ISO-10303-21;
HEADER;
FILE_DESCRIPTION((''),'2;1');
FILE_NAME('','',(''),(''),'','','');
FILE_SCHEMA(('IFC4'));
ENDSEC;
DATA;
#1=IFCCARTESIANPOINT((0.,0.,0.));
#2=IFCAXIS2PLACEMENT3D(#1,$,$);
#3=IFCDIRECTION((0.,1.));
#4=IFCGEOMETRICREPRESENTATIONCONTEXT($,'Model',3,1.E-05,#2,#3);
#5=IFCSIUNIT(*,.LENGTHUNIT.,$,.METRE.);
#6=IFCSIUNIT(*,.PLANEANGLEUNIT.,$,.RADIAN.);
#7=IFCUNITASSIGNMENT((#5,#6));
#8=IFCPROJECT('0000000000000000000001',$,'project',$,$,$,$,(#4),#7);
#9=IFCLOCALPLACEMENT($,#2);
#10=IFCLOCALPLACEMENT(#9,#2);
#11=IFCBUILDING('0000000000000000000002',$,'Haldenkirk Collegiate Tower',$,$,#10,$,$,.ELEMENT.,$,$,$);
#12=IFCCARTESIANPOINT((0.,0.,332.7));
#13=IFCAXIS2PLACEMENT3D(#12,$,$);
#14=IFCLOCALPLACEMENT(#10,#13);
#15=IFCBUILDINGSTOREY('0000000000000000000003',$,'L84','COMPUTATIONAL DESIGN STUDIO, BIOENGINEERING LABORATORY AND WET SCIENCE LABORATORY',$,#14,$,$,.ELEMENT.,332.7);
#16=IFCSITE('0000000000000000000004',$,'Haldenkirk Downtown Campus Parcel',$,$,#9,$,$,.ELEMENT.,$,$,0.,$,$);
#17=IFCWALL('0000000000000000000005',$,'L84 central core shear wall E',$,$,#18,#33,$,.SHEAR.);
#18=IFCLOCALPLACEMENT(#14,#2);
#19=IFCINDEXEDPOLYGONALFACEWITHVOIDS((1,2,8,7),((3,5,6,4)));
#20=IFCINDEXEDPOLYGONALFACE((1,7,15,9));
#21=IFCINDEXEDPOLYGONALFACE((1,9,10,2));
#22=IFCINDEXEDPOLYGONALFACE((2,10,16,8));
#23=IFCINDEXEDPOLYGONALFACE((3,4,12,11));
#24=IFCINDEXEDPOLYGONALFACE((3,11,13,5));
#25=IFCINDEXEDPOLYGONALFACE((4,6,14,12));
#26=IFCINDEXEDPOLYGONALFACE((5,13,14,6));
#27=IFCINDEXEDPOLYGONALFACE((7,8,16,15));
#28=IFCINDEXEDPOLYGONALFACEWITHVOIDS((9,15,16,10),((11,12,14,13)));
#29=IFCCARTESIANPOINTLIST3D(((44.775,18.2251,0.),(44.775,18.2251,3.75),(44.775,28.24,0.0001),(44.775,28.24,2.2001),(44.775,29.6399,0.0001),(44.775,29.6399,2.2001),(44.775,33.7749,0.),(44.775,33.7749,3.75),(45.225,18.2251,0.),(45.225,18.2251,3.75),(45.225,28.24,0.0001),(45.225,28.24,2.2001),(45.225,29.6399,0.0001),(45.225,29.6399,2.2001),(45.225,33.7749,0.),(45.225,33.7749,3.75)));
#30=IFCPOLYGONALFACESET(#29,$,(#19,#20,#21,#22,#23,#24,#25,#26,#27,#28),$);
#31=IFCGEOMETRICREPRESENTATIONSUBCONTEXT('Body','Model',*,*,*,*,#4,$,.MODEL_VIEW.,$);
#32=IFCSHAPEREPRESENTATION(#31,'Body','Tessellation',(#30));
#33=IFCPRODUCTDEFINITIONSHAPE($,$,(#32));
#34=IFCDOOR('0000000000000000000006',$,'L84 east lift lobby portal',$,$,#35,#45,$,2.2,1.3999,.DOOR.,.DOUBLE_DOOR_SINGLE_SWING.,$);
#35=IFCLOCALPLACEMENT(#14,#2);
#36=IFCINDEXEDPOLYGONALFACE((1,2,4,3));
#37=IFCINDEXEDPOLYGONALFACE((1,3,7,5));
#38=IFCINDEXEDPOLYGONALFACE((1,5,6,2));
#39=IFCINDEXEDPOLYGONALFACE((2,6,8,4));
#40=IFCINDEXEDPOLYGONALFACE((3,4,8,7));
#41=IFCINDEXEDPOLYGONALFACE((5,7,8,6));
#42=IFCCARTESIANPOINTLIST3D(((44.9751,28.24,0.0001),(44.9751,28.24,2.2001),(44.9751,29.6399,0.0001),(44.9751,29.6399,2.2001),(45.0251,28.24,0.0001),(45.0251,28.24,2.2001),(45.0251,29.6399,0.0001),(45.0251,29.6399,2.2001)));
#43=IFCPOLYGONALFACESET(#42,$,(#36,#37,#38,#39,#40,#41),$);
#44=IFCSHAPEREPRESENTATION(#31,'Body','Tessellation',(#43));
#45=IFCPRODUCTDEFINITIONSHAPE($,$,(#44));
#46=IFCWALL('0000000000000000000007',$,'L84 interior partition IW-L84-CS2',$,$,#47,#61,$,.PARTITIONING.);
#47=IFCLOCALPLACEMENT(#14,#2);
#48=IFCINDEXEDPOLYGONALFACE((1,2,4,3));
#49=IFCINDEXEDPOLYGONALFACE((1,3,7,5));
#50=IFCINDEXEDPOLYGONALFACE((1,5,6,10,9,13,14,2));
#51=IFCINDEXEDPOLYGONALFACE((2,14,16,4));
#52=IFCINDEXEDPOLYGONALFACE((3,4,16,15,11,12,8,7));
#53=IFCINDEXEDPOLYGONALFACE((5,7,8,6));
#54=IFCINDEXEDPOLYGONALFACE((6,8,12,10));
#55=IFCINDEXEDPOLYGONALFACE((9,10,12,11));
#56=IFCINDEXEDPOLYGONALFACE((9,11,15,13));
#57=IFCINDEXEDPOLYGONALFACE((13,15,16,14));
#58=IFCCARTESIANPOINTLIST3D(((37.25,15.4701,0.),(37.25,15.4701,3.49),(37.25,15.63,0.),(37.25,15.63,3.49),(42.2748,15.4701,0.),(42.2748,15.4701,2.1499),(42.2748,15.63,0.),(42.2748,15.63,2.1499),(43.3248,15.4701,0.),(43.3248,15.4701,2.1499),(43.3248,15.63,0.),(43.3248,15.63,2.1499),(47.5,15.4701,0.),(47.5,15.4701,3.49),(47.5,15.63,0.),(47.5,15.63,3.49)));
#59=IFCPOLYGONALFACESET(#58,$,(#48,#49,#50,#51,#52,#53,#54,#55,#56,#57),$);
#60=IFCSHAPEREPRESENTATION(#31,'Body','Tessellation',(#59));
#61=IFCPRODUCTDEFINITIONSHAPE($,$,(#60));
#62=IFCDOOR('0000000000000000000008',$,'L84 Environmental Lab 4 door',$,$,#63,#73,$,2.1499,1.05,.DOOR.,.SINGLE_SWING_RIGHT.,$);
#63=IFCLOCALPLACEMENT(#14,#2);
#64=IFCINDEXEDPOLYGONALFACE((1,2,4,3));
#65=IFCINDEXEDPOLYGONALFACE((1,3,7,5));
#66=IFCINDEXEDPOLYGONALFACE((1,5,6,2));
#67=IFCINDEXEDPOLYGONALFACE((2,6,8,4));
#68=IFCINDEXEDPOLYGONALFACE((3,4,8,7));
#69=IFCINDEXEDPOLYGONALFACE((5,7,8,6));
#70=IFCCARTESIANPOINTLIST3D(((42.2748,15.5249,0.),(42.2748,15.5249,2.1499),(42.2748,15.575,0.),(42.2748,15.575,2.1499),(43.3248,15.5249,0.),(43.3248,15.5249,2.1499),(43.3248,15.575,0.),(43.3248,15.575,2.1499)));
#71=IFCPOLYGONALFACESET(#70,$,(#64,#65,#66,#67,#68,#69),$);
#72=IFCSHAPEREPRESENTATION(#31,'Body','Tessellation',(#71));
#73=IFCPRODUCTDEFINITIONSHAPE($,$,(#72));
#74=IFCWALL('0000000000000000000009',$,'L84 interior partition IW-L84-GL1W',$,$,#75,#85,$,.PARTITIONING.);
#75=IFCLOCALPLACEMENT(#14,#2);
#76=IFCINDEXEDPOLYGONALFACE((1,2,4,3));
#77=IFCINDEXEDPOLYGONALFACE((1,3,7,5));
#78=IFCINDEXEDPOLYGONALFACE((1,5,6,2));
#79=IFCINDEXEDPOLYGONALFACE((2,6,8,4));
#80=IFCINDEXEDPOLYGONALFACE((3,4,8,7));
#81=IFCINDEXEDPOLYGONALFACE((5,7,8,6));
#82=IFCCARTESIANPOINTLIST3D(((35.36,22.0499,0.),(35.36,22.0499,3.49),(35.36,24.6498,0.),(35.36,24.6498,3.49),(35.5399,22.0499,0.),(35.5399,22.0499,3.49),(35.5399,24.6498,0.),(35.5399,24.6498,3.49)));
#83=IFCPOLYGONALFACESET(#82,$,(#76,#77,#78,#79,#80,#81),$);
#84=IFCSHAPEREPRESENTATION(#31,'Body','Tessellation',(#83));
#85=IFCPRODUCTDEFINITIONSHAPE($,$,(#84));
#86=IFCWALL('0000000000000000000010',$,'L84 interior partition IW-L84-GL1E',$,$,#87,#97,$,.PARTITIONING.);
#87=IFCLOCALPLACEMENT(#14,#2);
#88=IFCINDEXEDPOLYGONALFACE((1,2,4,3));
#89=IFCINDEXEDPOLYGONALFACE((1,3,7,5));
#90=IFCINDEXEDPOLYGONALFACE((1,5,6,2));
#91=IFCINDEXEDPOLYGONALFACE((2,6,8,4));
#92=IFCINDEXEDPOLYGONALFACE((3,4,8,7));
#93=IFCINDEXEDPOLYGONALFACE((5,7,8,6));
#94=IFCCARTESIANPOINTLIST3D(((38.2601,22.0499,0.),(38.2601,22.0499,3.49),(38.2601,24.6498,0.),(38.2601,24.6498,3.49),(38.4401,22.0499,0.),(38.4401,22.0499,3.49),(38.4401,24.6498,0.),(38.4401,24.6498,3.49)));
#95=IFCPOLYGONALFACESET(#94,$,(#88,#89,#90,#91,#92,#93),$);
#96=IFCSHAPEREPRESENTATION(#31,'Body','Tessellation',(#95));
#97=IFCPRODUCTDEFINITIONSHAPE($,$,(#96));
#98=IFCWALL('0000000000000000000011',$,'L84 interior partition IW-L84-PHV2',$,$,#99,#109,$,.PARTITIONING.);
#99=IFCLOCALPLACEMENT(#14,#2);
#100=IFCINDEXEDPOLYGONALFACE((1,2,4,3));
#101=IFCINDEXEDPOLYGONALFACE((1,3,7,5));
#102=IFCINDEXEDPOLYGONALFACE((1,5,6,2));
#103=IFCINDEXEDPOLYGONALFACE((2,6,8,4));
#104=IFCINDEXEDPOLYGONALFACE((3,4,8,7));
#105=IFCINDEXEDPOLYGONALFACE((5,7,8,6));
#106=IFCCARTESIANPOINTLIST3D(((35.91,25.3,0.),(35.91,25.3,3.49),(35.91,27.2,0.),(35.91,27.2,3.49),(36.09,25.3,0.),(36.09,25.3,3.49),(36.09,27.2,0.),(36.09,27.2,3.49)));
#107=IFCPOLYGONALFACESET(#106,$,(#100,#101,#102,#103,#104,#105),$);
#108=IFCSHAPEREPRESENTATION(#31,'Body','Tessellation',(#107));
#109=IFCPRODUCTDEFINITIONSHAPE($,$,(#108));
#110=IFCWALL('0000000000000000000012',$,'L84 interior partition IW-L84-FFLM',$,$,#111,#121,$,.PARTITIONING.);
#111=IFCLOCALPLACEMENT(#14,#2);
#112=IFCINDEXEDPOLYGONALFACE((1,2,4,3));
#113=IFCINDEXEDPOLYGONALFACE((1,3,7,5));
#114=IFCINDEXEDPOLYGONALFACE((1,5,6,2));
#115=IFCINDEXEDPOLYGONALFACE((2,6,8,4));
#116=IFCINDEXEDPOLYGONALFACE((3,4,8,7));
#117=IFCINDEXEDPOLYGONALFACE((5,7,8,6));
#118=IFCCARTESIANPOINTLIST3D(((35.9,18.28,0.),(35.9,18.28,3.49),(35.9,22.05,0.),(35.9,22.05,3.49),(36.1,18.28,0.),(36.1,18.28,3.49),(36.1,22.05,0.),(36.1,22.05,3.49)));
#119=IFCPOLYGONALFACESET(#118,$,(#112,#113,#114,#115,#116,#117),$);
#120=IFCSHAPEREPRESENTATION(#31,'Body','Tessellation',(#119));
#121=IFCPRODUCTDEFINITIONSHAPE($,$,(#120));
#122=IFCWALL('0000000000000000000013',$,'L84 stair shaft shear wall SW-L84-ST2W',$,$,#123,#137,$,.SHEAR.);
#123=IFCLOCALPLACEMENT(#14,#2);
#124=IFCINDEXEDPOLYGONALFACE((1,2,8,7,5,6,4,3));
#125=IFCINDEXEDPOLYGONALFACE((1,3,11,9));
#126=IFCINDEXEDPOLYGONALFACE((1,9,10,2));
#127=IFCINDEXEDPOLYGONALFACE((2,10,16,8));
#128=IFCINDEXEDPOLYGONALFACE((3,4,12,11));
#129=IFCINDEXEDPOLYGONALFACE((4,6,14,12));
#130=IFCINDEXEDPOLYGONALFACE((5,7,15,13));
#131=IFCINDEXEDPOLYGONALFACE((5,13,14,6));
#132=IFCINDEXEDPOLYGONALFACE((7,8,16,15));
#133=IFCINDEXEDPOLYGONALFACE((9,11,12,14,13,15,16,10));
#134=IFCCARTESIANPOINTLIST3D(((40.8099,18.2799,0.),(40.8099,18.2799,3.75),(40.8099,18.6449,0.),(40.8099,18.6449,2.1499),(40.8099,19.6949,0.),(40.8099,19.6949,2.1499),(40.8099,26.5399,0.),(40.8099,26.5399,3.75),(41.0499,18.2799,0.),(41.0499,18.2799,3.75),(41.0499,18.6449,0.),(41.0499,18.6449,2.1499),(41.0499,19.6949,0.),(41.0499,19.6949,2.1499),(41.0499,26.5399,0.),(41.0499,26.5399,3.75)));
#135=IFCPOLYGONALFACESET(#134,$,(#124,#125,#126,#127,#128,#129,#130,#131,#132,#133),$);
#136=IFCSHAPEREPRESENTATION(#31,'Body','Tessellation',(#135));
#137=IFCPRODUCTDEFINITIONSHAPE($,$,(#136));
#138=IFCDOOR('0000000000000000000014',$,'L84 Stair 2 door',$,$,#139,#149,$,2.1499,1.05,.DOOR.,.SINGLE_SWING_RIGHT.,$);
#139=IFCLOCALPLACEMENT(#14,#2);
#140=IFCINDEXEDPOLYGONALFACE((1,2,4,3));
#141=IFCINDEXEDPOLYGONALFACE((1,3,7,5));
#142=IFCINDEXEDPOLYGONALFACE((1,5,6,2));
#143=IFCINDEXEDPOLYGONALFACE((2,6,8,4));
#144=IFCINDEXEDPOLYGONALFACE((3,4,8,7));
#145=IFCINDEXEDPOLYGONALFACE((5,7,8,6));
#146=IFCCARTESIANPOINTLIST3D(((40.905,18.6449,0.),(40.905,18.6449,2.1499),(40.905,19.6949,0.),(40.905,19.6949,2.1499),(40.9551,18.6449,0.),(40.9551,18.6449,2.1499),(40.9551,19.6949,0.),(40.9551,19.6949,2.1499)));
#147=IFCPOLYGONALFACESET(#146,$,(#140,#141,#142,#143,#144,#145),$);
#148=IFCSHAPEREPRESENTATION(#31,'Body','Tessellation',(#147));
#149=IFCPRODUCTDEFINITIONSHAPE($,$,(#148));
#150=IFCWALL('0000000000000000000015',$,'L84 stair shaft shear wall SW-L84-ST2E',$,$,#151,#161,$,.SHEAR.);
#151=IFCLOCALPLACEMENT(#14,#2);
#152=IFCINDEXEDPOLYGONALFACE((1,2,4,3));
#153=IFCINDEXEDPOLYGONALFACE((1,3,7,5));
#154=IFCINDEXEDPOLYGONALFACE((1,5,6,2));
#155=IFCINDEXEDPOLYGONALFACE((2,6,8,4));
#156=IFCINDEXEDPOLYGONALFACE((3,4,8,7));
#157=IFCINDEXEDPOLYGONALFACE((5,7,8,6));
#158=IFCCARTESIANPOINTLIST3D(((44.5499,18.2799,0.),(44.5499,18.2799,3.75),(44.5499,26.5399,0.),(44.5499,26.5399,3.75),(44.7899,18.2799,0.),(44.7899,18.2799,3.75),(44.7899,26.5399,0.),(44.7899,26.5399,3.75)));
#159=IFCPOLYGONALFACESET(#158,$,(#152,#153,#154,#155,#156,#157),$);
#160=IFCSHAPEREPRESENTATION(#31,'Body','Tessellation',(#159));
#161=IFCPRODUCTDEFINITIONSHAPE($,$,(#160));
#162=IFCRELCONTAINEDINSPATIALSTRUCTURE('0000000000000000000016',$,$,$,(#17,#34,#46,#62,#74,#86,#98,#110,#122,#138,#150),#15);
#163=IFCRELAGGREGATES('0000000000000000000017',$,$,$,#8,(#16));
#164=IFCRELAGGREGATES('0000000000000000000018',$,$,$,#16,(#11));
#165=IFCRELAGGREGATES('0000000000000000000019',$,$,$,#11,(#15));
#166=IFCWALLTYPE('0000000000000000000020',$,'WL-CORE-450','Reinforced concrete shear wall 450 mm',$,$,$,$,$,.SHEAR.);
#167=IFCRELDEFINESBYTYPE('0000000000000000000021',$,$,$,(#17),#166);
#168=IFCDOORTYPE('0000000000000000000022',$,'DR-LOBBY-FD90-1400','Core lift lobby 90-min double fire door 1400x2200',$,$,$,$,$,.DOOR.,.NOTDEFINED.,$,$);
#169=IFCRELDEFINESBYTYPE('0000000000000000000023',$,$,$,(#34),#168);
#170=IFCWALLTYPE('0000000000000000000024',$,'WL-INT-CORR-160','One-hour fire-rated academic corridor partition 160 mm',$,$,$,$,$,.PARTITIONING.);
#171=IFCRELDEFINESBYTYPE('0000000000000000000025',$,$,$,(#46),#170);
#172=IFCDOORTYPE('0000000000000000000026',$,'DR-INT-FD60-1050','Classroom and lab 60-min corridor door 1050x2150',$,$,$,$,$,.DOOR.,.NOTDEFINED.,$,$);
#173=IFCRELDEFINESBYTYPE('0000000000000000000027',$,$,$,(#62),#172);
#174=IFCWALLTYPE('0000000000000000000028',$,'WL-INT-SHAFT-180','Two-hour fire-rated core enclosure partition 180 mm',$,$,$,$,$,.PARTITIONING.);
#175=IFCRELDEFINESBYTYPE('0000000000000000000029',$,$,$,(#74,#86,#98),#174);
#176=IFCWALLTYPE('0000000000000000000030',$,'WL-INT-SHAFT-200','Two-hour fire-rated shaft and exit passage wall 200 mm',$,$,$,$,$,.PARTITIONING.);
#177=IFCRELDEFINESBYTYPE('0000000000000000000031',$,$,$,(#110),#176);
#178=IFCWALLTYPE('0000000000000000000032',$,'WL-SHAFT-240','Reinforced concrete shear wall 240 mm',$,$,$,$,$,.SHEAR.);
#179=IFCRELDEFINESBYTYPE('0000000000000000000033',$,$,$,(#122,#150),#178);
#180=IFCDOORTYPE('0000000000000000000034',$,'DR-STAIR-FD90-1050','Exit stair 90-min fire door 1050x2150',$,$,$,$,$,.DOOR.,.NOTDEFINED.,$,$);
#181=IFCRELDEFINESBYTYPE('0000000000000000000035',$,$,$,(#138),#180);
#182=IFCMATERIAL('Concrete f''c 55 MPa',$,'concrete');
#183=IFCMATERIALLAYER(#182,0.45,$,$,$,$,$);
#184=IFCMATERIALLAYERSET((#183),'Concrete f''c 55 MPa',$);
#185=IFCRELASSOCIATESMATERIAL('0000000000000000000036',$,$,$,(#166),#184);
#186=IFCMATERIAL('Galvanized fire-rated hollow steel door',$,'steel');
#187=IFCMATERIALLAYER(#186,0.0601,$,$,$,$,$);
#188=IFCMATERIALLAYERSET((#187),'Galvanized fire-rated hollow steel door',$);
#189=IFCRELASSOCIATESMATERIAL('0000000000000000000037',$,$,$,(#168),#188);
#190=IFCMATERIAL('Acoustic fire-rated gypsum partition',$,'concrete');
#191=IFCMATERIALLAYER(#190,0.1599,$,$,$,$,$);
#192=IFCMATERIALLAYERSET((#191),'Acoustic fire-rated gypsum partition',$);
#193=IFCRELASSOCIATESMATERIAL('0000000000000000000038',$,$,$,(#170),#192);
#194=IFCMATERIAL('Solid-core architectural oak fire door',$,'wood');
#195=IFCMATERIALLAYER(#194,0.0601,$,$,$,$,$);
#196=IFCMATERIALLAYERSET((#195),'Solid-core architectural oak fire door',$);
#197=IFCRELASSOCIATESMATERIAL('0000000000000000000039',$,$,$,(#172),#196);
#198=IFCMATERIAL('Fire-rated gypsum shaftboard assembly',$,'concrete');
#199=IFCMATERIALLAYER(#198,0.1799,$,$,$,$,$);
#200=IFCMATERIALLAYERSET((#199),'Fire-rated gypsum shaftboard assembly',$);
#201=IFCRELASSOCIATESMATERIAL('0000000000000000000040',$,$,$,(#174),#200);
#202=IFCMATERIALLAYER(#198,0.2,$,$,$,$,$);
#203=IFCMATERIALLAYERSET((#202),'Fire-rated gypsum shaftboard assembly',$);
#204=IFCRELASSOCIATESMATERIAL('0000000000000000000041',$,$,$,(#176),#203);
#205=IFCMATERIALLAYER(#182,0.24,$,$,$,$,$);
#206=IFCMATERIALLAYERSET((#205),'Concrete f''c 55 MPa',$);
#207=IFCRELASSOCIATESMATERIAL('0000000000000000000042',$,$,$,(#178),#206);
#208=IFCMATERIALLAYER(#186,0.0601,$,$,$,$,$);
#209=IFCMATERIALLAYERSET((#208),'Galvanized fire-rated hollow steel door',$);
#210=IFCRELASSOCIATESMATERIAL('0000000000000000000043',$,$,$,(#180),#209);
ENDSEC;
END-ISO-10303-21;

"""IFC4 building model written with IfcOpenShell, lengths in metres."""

from ifc_helpers import new_model, si_unit, direction, frame, frame_2d, origin, place, context, subcontext, project, spatial, rectangle, extrude, material, layer, layer_set, type_object, element, fill, save


model = new_model("IFC4")

# Units and contexts
model_context = context("Model", 3, precision=1e-05, world=origin(), true_north=direction((0.0, 1.0)))
body_context = subcontext(model_context, "Body", "Model", "MODEL_VIEW")
ifc_project = project(units=[si_unit("LENGTHUNIT", "METRE"), si_unit("PLANEANGLEUNIT", "RADIAN")], contexts=[model_context])

# Site, building, storey
site_placement = place(None, origin())
site = spatial("IfcSite", under=ifc_project, at=site_placement, Name="Haldenkirk Downtown Campus Parcel", CompositionType="ELEMENT", RefElevation=0.0)
building_placement = place(site_placement, origin())
building = spatial("IfcBuilding", under=site, at=building_placement, Name="Haldenkirk Collegiate Tower", CompositionType="ELEMENT")
storey_placement = place(building_placement, frame((0.0, 0.0, 332.7)))
storey = spatial("IfcBuildingStorey", under=building, at=storey_placement, Name="L84", Description="COMPUTATIONAL DESIGN STUDIO, BIOENGINEERING LABORATORY AND WET SCIENCE LABORATORY", CompositionType="ELEMENT", Elevation=332.7)

# Walls, openings, doors
ifc_material_1 = material(Name="Concrete f'c 55 MPa", Category="concrete")
ifc_layer_1 = layer(ifc_material_1, 0.45)
ifc_layer_set_1 = layer_set([ifc_layer_1], Name="Concrete f'c 55 MPa")
wall_type_1 = type_object("IfcWallType", Name="WL-CORE-450", Description="Reinforced concrete shear wall 450 mm", PredefinedType="SHEAR", material=ifc_layer_set_1)
wall_1_placement = place(storey_placement, frame((45.0, 18.2251, 0.0), z_axis=(0.0, 0.0, 1.0), x_axis=(0.0, 1.0, 0.0)))
wall_1 = element("IfcWall", 1, at=wall_1_placement, inside=storey, type_object=wall_type_1, Name="L84 central core shear wall E", PredefinedType="SHEAR", context=body_context, shape_type="SweptSolid", body=[
    extrude(rectangle(XDim=15.5498, YDim=0.45, at=frame_2d((7.7749, 0.0))), origin(), (0.0, 0.0, 1.0), 3.75),
])
opening_1_placement = place(wall_1_placement, frame((10.0149, 0.0, 0.0)))
opening_1 = element("IfcOpeningElement", 2, at=opening_1_placement, cuts=wall_1, PredefinedType="OPENING", context=body_context, shape_type="SweptSolid", body=[
    extrude(rectangle(XDim=1.3999, YDim=2.2, at=frame_2d((0.7, 1.1001))), frame((0.0, 0.2349, 0.0), z_axis=(0.0, -1.0, 0.0), x_axis=(1.0, 0.0, 0.0)), (0.0, 0.0, 1.0), 0.47),
])
ifc_material_2 = material(Name="Galvanized fire-rated hollow steel door", Category="steel")
ifc_layer_2 = layer(ifc_material_2, 0.0601)
ifc_layer_set_2 = layer_set([ifc_layer_2], Name="Galvanized fire-rated hollow steel door")
door_type_1 = type_object("IfcDoorType", Name="DR-LOBBY-FD90-1400", Description="Core lift lobby 90-min double fire door 1400x2200", OperationType="NOTDEFINED", PredefinedType="DOOR", material=ifc_layer_set_2)
door_1_placement = place(opening_1_placement, origin())
door_1 = element("IfcDoor", 3, at=door_1_placement, inside=storey, type_object=door_type_1, Name="L84 east lift lobby portal", OperationType="DOUBLE_DOOR_SINGLE_SWING", OverallHeight=2.2, OverallWidth=1.3999, PredefinedType="DOOR", context=body_context, shape_type="SweptSolid", body=[
    extrude(rectangle(XDim=1.3999, YDim=2.2, at=frame_2d((0.7, 1.1001))), frame((0.0, 0.0249, 0.0), z_axis=(0.0, -1.0, 0.0), x_axis=(1.0, 0.0, 0.0)), (0.0, 0.0, 1.0), 0.05),
])
fill(opening_1, door_1)
ifc_material_3 = material(Name="Acoustic fire-rated gypsum partition", Category="concrete")
ifc_layer_3 = layer(ifc_material_3, 0.1599)
ifc_layer_set_3 = layer_set([ifc_layer_3], Name="Acoustic fire-rated gypsum partition")
wall_type_2 = type_object("IfcWallType", Name="WL-INT-CORR-160", Description="One-hour fire-rated academic corridor partition 160 mm", PredefinedType="PARTITIONING", material=ifc_layer_set_3)
wall_2_placement = place(storey_placement, frame((37.25, 15.55, 0.0), z_axis=(0.0, 0.0, 1.0), x_axis=(1.0, 0.0, 0.0)))
wall_2 = element("IfcWall", 4, at=wall_2_placement, inside=storey, type_object=wall_type_2, Name="L84 interior partition IW-L84-CS2", PredefinedType="PARTITIONING", context=body_context, shape_type="SweptSolid", body=[
    extrude(rectangle(XDim=10.25, YDim=0.1599, at=frame_2d((5.125, 0.0))), origin(), (0.0, 0.0, 1.0), 3.49),
])
opening_2_placement = place(wall_2_placement, frame((5.0249, 0.0, 0.0)))
opening_2 = element("IfcOpeningElement", 5, at=opening_2_placement, cuts=wall_2, PredefinedType="OPENING", context=body_context, shape_type="SweptSolid", body=[
    extrude(rectangle(XDim=1.05, YDim=2.1499, at=frame_2d((0.5249, 1.075))), frame((0.0, 0.0898, 0.0), z_axis=(0.0, -1.0, 0.0), x_axis=(1.0, 0.0, 0.0)), (0.0, 0.0, 1.0), 0.1799),
])
ifc_material_4 = material(Name="Solid-core architectural oak fire door", Category="wood")
ifc_layer_4 = layer(ifc_material_4, 0.0601)
ifc_layer_set_4 = layer_set([ifc_layer_4], Name="Solid-core architectural oak fire door")
door_type_2 = type_object("IfcDoorType", Name="DR-INT-FD60-1050", Description="Classroom and lab 60-min corridor door 1050x2150", OperationType="NOTDEFINED", PredefinedType="DOOR", material=ifc_layer_set_4)
door_2_placement = place(opening_2_placement, origin())
door_2 = element("IfcDoor", 6, at=door_2_placement, inside=storey, type_object=door_type_2, Name="L84 Environmental Lab 4 door", OperationType="SINGLE_SWING_RIGHT", OverallHeight=2.1499, OverallWidth=1.05, PredefinedType="DOOR", context=body_context, shape_type="SweptSolid", body=[
    extrude(rectangle(XDim=1.05, YDim=2.1499, at=frame_2d((0.5249, 1.075))), frame((0.0, 0.0249, 0.0), z_axis=(0.0, -1.0, 0.0), x_axis=(1.0, 0.0, 0.0)), (0.0, 0.0, 1.0), 0.05),
])
fill(opening_2, door_2)

# Walls
ifc_material_5 = material(Name="Fire-rated gypsum shaftboard assembly", Category="concrete")
ifc_layer_5 = layer(ifc_material_5, 0.1799)
ifc_layer_set_5 = layer_set([ifc_layer_5], Name="Fire-rated gypsum shaftboard assembly")
wall_type_3 = type_object("IfcWallType", Name="WL-INT-SHAFT-180", Description="Two-hour fire-rated core enclosure partition 180 mm", PredefinedType="PARTITIONING", material=ifc_layer_set_5)
for number, where, z_axis, x_axis, name in (
    (7, (35.45, 22.05, 0.0), (0.0, 0.0, 1.0), (0.0, 1.0, 0.0), "L84 interior partition IW-L84-GL1W"),
    (8, (38.3501, 22.05, 0.0), (0.0, 0.0, 1.0), (0.0, 1.0, 0.0), "L84 interior partition IW-L84-GL1E"),
):
    element("IfcWall", number, at=place(storey_placement, frame(where, z_axis=z_axis, x_axis=x_axis)), inside=storey, type_object=wall_type_3, Name=name, PredefinedType="PARTITIONING", context=body_context, shape_type="SweptSolid", body=[
        extrude(rectangle(XDim=2.5999, YDim=0.1799, at=frame_2d((1.2998, 0.0))), origin(), (0.0, 0.0, 1.0), 3.49),
    ])
wall_3_placement = place(storey_placement, frame((36.0, 25.3, 0.0), z_axis=(0.0, 0.0, 1.0), x_axis=(0.0, 1.0, 0.0)))
element("IfcWall", 9, at=wall_3_placement, inside=storey, type_object=wall_type_3, Name="L84 interior partition IW-L84-PHV2", PredefinedType="PARTITIONING", context=body_context, shape_type="SweptSolid", body=[
    extrude(rectangle(XDim=1.8999, YDim=0.1799, at=frame_2d((0.95, 0.0))), origin(), (0.0, 0.0, 1.0), 3.49),
])
ifc_layer_6 = layer(ifc_material_5, 0.2)
ifc_layer_set_6 = layer_set([ifc_layer_6], Name="Fire-rated gypsum shaftboard assembly")
wall_type_4 = type_object("IfcWallType", Name="WL-INT-SHAFT-200", Description="Two-hour fire-rated shaft and exit passage wall 200 mm", PredefinedType="PARTITIONING", material=ifc_layer_set_6)
wall_4_placement = place(storey_placement, frame((36.0, 18.28, 0.0), z_axis=(0.0, 0.0, 1.0), x_axis=(0.0, 1.0, 0.0)))
element("IfcWall", 10, at=wall_4_placement, inside=storey, type_object=wall_type_4, Name="L84 interior partition IW-L84-FFLM", PredefinedType="PARTITIONING", context=body_context, shape_type="SweptSolid", body=[
    extrude(rectangle(XDim=3.77, YDim=0.2, at=frame_2d((1.885, 0.0))), origin(), (0.0, 0.0, 1.0), 3.49),
])

# Wall, opening, door
ifc_layer_7 = layer(ifc_material_1, 0.24)
ifc_layer_set_7 = layer_set([ifc_layer_7], Name="Concrete f'c 55 MPa")
wall_type_5 = type_object("IfcWallType", Name="WL-SHAFT-240", Description="Reinforced concrete shear wall 240 mm", PredefinedType="SHEAR", material=ifc_layer_set_7)
wall_5_placement = place(storey_placement, frame((40.9299, 18.28, 0.0), z_axis=(0.0, 0.0, 1.0), x_axis=(0.0, 1.0, 0.0)))
wall_5 = element("IfcWall", 11, at=wall_5_placement, inside=storey, type_object=wall_type_5, Name="L84 stair shaft shear wall SW-L84-ST2W", PredefinedType="SHEAR", context=body_context, shape_type="SweptSolid", body=[
    extrude(rectangle(XDim=8.26, YDim=0.24, at=frame_2d((4.1299, 0.0))), origin(), (0.0, 0.0, 1.0), 3.75),
])
opening_3_placement = place(wall_5_placement, frame((0.365, 0.0, 0.0)))
opening_3 = element("IfcOpeningElement", 12, at=opening_3_placement, cuts=wall_5, PredefinedType="OPENING", context=body_context, shape_type="SweptSolid", body=[
    extrude(rectangle(XDim=1.05, YDim=2.1499, at=frame_2d((0.5249, 1.075))), frame((0.0, 0.1299, 0.0), z_axis=(0.0, -1.0, 0.0), x_axis=(1.0, 0.0, 0.0)), (0.0, 0.0, 1.0), 0.26),
])
ifc_layer_8 = layer(ifc_material_2, 0.0601)
ifc_layer_set_8 = layer_set([ifc_layer_8], Name="Galvanized fire-rated hollow steel door")
door_type_3 = type_object("IfcDoorType", Name="DR-STAIR-FD90-1050", Description="Exit stair 90-min fire door 1050x2150", OperationType="NOTDEFINED", PredefinedType="DOOR", material=ifc_layer_set_8)
door_3_placement = place(opening_3_placement, origin())
door_3 = element("IfcDoor", 13, at=door_3_placement, inside=storey, type_object=door_type_3, Name="L84 Stair 2 door", OperationType="SINGLE_SWING_RIGHT", OverallHeight=2.1499, OverallWidth=1.05, PredefinedType="DOOR", context=body_context, shape_type="SweptSolid", body=[
    extrude(rectangle(XDim=1.05, YDim=2.1499, at=frame_2d((0.5249, 1.075))), frame((0.0, 0.0249, 0.0), z_axis=(0.0, -1.0, 0.0), x_axis=(1.0, 0.0, 0.0)), (0.0, 0.0, 1.0), 0.05),
])
fill(opening_3, door_3)

# Wall
wall_6_placement = place(storey_placement, frame((44.6699, 18.28, 0.0), z_axis=(0.0, 0.0, 1.0), x_axis=(0.0, 1.0, 0.0)))
element("IfcWall", 14, at=wall_6_placement, inside=storey, type_object=wall_type_5, Name="L84 stair shaft shear wall SW-L84-ST2E", PredefinedType="SHEAR", context=body_context, shape_type="SweptSolid", body=[
    extrude(rectangle(XDim=8.26, YDim=0.24, at=frame_2d((4.1299, 0.0))), origin(), (0.0, 0.0, 1.0), 3.75),
])

save(model, "model.ifc")
